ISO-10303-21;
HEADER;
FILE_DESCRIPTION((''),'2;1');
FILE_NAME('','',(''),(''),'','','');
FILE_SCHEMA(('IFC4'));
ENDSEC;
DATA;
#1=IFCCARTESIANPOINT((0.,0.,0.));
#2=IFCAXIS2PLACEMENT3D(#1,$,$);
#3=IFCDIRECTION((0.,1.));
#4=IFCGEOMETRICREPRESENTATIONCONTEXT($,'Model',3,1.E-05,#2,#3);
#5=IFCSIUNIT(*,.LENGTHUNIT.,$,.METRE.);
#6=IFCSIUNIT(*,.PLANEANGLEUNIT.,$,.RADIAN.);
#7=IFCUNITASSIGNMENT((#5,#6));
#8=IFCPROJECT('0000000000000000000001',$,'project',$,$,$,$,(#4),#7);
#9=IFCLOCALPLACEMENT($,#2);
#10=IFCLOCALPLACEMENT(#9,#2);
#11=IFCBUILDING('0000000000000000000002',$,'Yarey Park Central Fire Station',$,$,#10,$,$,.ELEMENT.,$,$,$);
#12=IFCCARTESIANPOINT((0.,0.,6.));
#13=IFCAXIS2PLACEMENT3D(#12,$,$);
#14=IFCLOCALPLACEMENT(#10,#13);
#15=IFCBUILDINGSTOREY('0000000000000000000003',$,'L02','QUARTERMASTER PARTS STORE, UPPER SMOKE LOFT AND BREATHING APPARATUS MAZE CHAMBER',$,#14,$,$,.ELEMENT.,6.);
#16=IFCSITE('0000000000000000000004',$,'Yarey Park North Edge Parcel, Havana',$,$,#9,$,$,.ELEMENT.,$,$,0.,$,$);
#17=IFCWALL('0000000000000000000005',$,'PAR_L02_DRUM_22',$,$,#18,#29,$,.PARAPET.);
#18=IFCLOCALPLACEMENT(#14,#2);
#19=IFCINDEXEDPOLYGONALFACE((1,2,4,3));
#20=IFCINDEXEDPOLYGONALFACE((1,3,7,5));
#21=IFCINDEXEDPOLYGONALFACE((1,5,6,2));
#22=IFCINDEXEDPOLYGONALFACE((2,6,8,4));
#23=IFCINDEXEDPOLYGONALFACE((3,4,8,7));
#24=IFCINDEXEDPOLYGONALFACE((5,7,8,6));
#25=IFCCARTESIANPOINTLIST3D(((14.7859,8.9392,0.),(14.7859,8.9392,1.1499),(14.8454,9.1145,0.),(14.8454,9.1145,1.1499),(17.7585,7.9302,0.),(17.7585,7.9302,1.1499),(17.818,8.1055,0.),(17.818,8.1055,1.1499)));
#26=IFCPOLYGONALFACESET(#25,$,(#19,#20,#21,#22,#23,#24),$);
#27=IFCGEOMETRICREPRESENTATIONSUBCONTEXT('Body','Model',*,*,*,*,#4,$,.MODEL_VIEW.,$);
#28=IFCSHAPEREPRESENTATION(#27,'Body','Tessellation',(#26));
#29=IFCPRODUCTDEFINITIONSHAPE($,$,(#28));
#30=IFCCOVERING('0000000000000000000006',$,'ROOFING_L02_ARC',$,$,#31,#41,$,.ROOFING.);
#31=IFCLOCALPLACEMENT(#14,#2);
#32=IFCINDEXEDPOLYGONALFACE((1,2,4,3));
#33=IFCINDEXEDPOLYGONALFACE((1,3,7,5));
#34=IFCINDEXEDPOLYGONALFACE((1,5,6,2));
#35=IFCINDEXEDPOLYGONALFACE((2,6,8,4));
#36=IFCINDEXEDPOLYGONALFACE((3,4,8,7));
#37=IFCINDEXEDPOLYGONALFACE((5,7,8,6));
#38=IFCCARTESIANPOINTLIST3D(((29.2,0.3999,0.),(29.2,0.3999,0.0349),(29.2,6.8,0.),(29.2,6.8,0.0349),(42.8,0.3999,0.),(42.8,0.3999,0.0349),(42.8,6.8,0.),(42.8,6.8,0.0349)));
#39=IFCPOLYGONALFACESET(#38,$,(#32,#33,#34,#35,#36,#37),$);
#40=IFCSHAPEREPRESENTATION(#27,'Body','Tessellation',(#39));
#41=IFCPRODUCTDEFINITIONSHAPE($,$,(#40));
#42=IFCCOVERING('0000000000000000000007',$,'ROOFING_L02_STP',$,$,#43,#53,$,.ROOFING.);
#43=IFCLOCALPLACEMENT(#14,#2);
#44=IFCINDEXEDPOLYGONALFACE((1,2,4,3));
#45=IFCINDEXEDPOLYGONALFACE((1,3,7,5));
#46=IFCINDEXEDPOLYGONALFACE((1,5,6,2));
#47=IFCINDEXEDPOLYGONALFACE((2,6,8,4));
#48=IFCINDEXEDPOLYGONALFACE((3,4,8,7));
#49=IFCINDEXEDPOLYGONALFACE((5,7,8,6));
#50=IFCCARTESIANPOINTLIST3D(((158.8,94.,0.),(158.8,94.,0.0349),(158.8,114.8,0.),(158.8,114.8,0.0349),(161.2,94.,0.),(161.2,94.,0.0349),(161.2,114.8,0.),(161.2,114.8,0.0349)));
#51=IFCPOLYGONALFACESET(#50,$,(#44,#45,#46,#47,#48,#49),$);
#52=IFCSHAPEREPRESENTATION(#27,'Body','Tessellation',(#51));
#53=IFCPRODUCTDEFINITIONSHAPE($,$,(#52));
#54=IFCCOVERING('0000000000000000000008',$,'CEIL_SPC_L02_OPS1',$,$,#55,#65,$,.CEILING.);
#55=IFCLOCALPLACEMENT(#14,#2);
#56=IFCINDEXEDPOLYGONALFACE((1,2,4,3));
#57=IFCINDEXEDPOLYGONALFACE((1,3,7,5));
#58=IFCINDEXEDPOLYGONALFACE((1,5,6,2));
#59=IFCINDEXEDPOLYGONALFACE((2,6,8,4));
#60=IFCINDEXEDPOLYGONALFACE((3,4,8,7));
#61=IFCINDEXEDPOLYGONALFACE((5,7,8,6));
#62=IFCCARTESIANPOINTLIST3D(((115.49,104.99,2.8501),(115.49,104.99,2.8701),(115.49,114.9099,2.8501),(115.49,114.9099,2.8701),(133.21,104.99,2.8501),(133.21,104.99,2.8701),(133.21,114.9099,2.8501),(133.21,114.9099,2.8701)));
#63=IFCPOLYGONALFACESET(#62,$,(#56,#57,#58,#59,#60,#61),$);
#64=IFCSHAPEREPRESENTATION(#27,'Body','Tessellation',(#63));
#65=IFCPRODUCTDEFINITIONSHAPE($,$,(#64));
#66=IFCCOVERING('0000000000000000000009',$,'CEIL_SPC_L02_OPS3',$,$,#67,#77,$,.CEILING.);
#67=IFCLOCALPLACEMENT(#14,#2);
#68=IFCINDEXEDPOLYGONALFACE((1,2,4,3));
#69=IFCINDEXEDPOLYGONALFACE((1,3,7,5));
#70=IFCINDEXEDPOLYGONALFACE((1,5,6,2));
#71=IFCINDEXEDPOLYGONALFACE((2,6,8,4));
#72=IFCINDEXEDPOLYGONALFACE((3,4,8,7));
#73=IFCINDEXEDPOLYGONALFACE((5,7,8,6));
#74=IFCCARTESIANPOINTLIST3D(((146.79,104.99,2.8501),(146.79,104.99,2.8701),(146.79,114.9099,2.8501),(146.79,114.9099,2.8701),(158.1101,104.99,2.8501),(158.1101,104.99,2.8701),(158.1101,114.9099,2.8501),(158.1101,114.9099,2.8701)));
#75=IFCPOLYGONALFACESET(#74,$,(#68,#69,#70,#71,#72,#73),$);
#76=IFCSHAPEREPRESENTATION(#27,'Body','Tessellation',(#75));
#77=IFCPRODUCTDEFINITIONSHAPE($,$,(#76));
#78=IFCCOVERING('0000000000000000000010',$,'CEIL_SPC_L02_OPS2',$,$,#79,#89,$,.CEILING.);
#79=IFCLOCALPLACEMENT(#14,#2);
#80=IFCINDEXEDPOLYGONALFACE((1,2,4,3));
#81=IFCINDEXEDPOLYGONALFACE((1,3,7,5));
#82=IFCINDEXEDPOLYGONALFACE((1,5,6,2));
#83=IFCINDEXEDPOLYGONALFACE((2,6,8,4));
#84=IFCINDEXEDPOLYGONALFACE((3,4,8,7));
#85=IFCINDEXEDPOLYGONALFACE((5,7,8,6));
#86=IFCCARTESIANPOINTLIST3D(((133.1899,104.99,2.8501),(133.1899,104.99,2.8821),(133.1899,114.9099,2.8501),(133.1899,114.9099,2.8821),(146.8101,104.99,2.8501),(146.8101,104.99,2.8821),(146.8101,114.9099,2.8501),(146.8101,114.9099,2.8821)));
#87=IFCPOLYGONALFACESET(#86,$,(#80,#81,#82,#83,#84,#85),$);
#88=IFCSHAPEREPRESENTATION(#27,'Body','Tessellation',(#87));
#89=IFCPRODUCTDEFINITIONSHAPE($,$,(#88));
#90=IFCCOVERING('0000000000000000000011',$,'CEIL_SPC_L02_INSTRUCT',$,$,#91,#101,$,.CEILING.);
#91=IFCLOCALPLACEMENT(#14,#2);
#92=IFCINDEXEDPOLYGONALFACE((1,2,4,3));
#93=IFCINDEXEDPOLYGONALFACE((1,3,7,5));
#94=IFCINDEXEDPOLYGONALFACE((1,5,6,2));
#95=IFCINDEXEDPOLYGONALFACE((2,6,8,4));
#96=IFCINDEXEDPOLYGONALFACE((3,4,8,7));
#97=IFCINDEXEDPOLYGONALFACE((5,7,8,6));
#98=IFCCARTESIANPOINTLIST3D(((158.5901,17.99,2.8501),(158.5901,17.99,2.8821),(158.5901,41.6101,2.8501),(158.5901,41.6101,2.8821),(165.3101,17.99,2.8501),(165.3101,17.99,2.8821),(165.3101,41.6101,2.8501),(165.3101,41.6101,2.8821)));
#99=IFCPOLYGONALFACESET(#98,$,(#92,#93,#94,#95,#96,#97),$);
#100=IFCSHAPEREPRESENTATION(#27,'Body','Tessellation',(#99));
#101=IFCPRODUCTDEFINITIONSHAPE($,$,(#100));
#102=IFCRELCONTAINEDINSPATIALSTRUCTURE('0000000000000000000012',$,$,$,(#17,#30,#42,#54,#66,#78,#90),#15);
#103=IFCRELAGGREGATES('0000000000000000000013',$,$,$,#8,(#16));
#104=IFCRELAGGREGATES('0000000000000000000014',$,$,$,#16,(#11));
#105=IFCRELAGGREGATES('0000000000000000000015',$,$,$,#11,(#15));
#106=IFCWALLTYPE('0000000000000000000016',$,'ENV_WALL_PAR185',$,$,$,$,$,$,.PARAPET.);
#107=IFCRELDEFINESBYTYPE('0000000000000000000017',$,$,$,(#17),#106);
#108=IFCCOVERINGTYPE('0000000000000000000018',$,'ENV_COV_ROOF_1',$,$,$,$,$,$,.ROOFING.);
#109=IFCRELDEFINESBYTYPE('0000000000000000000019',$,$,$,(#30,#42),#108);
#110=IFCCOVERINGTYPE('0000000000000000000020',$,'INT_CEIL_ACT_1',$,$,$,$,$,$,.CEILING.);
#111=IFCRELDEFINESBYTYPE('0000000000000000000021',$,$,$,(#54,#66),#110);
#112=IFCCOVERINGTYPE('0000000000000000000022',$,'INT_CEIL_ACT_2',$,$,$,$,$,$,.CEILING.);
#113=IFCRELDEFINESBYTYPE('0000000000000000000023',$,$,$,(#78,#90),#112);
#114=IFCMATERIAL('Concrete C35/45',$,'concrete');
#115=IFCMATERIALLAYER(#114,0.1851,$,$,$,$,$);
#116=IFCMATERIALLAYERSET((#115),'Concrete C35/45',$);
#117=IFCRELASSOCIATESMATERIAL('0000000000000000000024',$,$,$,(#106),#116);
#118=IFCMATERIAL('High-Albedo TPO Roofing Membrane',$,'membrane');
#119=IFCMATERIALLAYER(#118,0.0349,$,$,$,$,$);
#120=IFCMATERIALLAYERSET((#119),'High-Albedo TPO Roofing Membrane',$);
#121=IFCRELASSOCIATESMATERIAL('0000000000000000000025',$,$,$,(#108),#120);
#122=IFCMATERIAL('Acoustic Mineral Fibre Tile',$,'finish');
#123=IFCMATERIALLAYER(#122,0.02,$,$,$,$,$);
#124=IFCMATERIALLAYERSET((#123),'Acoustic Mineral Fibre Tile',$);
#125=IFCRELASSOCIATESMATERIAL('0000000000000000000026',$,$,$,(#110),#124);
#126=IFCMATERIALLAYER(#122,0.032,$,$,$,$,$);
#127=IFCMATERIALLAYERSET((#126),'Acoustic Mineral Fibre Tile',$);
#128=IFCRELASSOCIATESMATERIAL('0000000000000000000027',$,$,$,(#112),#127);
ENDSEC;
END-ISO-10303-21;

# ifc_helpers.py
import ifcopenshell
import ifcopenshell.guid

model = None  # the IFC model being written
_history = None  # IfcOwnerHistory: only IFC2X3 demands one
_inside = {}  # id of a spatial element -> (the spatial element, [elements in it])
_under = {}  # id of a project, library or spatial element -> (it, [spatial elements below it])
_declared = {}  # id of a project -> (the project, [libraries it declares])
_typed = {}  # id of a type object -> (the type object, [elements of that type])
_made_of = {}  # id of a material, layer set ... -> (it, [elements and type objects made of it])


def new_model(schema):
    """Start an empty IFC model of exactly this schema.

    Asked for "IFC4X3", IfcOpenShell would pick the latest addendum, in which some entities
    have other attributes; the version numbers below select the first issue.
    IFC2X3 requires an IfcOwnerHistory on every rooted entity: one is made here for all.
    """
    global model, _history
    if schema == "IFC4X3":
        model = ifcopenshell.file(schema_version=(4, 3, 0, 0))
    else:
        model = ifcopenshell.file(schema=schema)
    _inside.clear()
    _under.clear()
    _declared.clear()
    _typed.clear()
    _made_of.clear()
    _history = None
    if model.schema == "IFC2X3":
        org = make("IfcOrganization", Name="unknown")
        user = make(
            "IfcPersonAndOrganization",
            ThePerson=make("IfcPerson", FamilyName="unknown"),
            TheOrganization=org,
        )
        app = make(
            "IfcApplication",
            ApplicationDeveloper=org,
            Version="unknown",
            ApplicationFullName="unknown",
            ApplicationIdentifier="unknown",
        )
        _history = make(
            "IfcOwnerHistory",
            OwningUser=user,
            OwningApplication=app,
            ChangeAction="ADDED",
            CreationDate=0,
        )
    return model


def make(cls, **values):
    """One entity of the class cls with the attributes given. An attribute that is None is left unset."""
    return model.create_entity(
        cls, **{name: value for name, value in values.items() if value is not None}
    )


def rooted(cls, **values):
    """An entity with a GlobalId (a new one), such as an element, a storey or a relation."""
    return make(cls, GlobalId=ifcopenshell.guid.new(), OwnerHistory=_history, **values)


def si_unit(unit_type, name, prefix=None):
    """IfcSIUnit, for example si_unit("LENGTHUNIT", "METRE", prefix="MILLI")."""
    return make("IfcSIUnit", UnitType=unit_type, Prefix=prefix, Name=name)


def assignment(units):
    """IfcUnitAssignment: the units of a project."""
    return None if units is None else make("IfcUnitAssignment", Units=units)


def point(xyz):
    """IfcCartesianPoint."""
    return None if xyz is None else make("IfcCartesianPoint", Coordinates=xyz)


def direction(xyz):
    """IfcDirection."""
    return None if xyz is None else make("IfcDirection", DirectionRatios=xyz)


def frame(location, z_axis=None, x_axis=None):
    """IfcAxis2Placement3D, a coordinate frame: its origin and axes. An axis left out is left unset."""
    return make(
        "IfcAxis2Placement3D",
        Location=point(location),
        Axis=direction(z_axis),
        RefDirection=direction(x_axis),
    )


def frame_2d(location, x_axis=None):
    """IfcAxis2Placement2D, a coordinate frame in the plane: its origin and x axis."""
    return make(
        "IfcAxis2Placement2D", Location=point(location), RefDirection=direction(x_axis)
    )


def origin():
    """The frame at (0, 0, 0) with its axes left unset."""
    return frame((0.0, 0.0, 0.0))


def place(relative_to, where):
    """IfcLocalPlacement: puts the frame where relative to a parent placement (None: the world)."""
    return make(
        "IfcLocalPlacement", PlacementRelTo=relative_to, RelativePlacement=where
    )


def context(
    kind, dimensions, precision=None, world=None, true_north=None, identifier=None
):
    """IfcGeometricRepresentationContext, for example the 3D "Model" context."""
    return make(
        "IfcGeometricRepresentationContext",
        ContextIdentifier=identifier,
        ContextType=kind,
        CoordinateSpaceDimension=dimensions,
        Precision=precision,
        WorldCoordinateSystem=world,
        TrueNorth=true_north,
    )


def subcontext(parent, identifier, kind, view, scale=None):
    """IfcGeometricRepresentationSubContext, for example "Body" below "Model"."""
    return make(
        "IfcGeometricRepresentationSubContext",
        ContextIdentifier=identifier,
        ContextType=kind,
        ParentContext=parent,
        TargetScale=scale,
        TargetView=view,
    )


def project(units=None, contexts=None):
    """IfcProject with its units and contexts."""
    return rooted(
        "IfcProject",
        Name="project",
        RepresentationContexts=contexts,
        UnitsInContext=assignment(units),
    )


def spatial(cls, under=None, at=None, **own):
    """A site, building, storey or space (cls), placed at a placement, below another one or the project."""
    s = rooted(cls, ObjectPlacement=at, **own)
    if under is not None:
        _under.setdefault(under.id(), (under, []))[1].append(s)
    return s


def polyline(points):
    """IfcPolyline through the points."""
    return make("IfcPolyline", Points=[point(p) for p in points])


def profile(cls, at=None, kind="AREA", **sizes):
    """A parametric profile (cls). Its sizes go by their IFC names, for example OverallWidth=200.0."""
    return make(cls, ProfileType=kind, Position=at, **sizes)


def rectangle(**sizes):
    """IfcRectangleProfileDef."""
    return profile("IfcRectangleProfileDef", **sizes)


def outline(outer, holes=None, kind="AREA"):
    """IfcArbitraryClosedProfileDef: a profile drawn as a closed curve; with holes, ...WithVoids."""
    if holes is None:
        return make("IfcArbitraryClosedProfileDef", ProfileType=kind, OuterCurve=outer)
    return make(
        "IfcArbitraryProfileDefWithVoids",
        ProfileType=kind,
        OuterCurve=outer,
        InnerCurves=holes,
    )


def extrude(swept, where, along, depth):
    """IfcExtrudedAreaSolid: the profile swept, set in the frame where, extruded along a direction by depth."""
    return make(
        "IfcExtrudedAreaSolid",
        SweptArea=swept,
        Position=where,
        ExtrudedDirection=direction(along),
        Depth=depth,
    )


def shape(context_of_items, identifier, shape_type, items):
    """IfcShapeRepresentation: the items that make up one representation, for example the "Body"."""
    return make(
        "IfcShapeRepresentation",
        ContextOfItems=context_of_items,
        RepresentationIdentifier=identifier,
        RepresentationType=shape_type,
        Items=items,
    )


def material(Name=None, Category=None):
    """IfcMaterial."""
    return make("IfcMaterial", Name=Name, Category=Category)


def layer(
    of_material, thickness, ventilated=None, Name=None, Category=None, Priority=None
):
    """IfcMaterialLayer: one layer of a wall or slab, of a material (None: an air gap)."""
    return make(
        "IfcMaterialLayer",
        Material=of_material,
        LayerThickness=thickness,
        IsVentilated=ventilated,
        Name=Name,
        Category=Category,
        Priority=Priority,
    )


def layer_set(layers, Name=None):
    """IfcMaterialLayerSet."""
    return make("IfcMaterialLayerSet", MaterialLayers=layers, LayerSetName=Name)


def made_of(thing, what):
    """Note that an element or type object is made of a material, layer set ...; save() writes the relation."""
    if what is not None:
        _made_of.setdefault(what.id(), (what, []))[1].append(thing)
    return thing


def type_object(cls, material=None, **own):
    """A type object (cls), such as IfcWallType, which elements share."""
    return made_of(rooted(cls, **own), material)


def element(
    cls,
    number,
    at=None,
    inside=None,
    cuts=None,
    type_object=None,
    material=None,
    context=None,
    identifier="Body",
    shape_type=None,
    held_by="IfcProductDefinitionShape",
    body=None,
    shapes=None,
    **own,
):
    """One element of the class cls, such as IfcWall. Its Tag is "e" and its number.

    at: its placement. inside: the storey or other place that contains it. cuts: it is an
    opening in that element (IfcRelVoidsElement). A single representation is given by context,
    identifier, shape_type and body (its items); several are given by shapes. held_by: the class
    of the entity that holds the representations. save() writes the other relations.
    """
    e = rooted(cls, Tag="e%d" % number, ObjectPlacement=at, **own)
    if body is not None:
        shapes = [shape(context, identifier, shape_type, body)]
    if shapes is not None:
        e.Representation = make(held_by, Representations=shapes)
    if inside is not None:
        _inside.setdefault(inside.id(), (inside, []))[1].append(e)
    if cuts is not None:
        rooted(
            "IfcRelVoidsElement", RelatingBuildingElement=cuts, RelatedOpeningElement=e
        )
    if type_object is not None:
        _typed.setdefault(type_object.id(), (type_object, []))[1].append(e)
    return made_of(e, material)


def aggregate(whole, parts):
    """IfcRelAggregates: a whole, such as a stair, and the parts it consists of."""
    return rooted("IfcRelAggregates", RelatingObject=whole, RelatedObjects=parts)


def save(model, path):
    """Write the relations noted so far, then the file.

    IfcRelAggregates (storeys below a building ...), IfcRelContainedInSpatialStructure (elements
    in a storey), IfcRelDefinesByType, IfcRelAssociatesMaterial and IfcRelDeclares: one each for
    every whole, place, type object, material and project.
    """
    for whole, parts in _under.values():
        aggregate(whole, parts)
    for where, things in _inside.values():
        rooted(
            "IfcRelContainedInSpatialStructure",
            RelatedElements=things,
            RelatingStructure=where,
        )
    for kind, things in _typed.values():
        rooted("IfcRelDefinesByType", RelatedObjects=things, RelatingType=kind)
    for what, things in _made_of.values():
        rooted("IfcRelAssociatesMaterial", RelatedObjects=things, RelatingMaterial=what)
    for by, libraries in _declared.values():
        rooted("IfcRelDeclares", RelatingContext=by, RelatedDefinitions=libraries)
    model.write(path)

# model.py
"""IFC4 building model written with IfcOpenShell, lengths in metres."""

from ifc_helpers import new_model, si_unit, direction, frame, frame_2d, origin, place, context, subcontext, project, spatial, polyline, rectangle, outline, extrude, material, layer, layer_set, type_object, element, save


model = new_model("IFC4")

# Units and contexts
model_context = context("Model", 3, precision=1e-05, world=origin(), true_north=direction((0.0, 1.0)))
body_context = subcontext(model_context, "Body", "Model", "MODEL_VIEW")
ifc_project = project(units=[si_unit("LENGTHUNIT", "METRE"), si_unit("PLANEANGLEUNIT", "RADIAN")], contexts=[model_context])

# Site, building, storey
site_placement = place(None, origin())
site = spatial("IfcSite", under=ifc_project, at=site_placement, Name="Yarey Park North Edge Parcel, Havana", CompositionType="ELEMENT", RefElevation=0.0)
building_placement = place(site_placement, origin())
building = spatial("IfcBuilding", under=site, at=building_placement, Name="Yarey Park Central Fire Station", CompositionType="ELEMENT")
storey_placement = place(building_placement, frame((0.0, 0.0, 6.0)))
storey = spatial("IfcBuildingStorey", under=building, at=storey_placement, Name="L02", Description="QUARTERMASTER PARTS STORE, UPPER SMOKE LOFT AND BREATHING APPARATUS MAZE CHAMBER", CompositionType="ELEMENT", Elevation=6.0)

# Wall
ifc_material_1 = material(Name="Concrete C35/45", Category="concrete")
ifc_layer_1 = layer(ifc_material_1, 0.1851)
ifc_layer_set_1 = layer_set([ifc_layer_1], Name="Concrete C35/45")
wall_type = type_object("IfcWallType", Name="ENV_WALL_PAR185", PredefinedType="PARAPET", material=ifc_layer_set_1)
wall_1_placement = place(storey_placement, frame((14.8157, 9.0269, 0.0), z_axis=(0.0, 0.0, 1.0), x_axis=(0.946935, -0.321426, 0.0)))
element("IfcWall", 1, at=wall_1_placement, inside=storey, type_object=wall_type, Name="PAR_L02_DRUM_22", PredefinedType="PARAPET", context=body_context, shape_type="SweptSolid", body=[
    extrude(rectangle(XDim=3.1392, YDim=0.1851, at=frame_2d((1.5696, 0.0))), origin(), (0.0, 0.0, 1.0), 1.1499),
])

# Coverings
ifc_material_2 = material(Name="High-Albedo TPO Roofing Membrane", Category="membrane")
ifc_layer_2 = layer(ifc_material_2, 0.0349)
ifc_layer_set_2 = layer_set([ifc_layer_2], Name="High-Albedo TPO Roofing Membrane")
covering_type_1 = type_object("IfcCoveringType", Name="ENV_COV_ROOF_1", PredefinedType="ROOFING", material=ifc_layer_set_2)
covering_1_placement = place(storey_placement, origin())
element("IfcCovering", 2, at=covering_1_placement, inside=storey, type_object=covering_type_1, Name="ROOFING_L02_ARC", PredefinedType="ROOFING", context=body_context, shape_type="SweptSolid", body=[
    extrude(outline(polyline([(29.2, 0.3999), (42.8, 0.3999), (42.8, 6.8), (29.2, 6.8), (29.2, 0.3999)])), origin(), (0.0, 0.0, 1.0), 0.0349),
])
covering_2_placement = place(storey_placement, origin())
element("IfcCovering", 3, at=covering_2_placement, inside=storey, type_object=covering_type_1, Name="ROOFING_L02_STP", PredefinedType="ROOFING", context=body_context, shape_type="SweptSolid", body=[
    extrude(outline(polyline([(158.8, 94.0), (161.2, 94.0), (161.2, 114.8), (158.8, 114.8), (158.8, 94.0)])), origin(), (0.0, 0.0, 1.0), 0.0349),
])
ifc_material_3 = material(Name="Acoustic Mineral Fibre Tile", Category="finish")
ifc_layer_3 = layer(ifc_material_3, 0.02)
ifc_layer_set_3 = layer_set([ifc_layer_3], Name="Acoustic Mineral Fibre Tile")
covering_type_2 = type_object("IfcCoveringType", Name="INT_CEIL_ACT_1", PredefinedType="CEILING", material=ifc_layer_set_3)
covering_3_placement = place(storey_placement, frame((0.0, 0.0, 2.8501)))
element("IfcCovering", 4, at=covering_3_placement, inside=storey, type_object=covering_type_2, Name="CEIL_SPC_L02_OPS1", PredefinedType="CEILING", context=body_context, shape_type="SweptSolid", body=[
    extrude(outline(polyline([(115.49, 104.99), (133.21, 104.99), (133.21, 114.9099), (115.49, 114.9099), (115.49, 104.99)])), origin(), (0.0, 0.0, 1.0), 0.02),
])
covering_4_placement = place(storey_placement, frame((0.0, 0.0, 2.8501)))
element("IfcCovering", 5, at=covering_4_placement, inside=storey, type_object=covering_type_2, Name="CEIL_SPC_L02_OPS3", PredefinedType="CEILING", context=body_context, shape_type="SweptSolid", body=[
    extrude(outline(polyline([(146.79, 104.99), (158.1101, 104.99), (158.1101, 114.9099), (146.79, 114.9099), (146.79, 104.99)])), origin(), (0.0, 0.0, 1.0), 0.02),
])
ifc_layer_4 = layer(ifc_material_3, 0.032)
ifc_layer_set_4 = layer_set([ifc_layer_4], Name="Acoustic Mineral Fibre Tile")
covering_type_3 = type_object("IfcCoveringType", Name="INT_CEIL_ACT_2", PredefinedType="CEILING", material=ifc_layer_set_4)
covering_5_placement = place(storey_placement, frame((0.0, 0.0, 2.8501)))
element("IfcCovering", 6, at=covering_5_placement, inside=storey, type_object=covering_type_3, Name="CEIL_SPC_L02_OPS2", PredefinedType="CEILING", context=body_context, shape_type="SweptSolid", body=[
    extrude(outline(polyline([(133.1899, 104.99), (146.8101, 104.99), (146.8101, 114.9099), (133.1899, 114.9099), (133.1899, 104.99)])), origin(), (0.0, 0.0, 1.0), 0.032),
])
covering_6_placement = place(storey_placement, frame((0.0, 0.0, 2.8501)))
element("IfcCovering", 7, at=covering_6_placement, inside=storey, type_object=covering_type_3, Name="CEIL_SPC_L02_INSTRUCT", PredefinedType="CEILING", context=body_context, shape_type="SweptSolid", body=[
    extrude(outline(polyline([(158.5901, 17.99), (165.3101, 17.99), (165.3101, 41.6101), (158.5901, 41.6101), (158.5901, 17.99)])), origin(), (0.0, 0.0, 1.0), 0.032),
])

save(model, "model.ifc")
